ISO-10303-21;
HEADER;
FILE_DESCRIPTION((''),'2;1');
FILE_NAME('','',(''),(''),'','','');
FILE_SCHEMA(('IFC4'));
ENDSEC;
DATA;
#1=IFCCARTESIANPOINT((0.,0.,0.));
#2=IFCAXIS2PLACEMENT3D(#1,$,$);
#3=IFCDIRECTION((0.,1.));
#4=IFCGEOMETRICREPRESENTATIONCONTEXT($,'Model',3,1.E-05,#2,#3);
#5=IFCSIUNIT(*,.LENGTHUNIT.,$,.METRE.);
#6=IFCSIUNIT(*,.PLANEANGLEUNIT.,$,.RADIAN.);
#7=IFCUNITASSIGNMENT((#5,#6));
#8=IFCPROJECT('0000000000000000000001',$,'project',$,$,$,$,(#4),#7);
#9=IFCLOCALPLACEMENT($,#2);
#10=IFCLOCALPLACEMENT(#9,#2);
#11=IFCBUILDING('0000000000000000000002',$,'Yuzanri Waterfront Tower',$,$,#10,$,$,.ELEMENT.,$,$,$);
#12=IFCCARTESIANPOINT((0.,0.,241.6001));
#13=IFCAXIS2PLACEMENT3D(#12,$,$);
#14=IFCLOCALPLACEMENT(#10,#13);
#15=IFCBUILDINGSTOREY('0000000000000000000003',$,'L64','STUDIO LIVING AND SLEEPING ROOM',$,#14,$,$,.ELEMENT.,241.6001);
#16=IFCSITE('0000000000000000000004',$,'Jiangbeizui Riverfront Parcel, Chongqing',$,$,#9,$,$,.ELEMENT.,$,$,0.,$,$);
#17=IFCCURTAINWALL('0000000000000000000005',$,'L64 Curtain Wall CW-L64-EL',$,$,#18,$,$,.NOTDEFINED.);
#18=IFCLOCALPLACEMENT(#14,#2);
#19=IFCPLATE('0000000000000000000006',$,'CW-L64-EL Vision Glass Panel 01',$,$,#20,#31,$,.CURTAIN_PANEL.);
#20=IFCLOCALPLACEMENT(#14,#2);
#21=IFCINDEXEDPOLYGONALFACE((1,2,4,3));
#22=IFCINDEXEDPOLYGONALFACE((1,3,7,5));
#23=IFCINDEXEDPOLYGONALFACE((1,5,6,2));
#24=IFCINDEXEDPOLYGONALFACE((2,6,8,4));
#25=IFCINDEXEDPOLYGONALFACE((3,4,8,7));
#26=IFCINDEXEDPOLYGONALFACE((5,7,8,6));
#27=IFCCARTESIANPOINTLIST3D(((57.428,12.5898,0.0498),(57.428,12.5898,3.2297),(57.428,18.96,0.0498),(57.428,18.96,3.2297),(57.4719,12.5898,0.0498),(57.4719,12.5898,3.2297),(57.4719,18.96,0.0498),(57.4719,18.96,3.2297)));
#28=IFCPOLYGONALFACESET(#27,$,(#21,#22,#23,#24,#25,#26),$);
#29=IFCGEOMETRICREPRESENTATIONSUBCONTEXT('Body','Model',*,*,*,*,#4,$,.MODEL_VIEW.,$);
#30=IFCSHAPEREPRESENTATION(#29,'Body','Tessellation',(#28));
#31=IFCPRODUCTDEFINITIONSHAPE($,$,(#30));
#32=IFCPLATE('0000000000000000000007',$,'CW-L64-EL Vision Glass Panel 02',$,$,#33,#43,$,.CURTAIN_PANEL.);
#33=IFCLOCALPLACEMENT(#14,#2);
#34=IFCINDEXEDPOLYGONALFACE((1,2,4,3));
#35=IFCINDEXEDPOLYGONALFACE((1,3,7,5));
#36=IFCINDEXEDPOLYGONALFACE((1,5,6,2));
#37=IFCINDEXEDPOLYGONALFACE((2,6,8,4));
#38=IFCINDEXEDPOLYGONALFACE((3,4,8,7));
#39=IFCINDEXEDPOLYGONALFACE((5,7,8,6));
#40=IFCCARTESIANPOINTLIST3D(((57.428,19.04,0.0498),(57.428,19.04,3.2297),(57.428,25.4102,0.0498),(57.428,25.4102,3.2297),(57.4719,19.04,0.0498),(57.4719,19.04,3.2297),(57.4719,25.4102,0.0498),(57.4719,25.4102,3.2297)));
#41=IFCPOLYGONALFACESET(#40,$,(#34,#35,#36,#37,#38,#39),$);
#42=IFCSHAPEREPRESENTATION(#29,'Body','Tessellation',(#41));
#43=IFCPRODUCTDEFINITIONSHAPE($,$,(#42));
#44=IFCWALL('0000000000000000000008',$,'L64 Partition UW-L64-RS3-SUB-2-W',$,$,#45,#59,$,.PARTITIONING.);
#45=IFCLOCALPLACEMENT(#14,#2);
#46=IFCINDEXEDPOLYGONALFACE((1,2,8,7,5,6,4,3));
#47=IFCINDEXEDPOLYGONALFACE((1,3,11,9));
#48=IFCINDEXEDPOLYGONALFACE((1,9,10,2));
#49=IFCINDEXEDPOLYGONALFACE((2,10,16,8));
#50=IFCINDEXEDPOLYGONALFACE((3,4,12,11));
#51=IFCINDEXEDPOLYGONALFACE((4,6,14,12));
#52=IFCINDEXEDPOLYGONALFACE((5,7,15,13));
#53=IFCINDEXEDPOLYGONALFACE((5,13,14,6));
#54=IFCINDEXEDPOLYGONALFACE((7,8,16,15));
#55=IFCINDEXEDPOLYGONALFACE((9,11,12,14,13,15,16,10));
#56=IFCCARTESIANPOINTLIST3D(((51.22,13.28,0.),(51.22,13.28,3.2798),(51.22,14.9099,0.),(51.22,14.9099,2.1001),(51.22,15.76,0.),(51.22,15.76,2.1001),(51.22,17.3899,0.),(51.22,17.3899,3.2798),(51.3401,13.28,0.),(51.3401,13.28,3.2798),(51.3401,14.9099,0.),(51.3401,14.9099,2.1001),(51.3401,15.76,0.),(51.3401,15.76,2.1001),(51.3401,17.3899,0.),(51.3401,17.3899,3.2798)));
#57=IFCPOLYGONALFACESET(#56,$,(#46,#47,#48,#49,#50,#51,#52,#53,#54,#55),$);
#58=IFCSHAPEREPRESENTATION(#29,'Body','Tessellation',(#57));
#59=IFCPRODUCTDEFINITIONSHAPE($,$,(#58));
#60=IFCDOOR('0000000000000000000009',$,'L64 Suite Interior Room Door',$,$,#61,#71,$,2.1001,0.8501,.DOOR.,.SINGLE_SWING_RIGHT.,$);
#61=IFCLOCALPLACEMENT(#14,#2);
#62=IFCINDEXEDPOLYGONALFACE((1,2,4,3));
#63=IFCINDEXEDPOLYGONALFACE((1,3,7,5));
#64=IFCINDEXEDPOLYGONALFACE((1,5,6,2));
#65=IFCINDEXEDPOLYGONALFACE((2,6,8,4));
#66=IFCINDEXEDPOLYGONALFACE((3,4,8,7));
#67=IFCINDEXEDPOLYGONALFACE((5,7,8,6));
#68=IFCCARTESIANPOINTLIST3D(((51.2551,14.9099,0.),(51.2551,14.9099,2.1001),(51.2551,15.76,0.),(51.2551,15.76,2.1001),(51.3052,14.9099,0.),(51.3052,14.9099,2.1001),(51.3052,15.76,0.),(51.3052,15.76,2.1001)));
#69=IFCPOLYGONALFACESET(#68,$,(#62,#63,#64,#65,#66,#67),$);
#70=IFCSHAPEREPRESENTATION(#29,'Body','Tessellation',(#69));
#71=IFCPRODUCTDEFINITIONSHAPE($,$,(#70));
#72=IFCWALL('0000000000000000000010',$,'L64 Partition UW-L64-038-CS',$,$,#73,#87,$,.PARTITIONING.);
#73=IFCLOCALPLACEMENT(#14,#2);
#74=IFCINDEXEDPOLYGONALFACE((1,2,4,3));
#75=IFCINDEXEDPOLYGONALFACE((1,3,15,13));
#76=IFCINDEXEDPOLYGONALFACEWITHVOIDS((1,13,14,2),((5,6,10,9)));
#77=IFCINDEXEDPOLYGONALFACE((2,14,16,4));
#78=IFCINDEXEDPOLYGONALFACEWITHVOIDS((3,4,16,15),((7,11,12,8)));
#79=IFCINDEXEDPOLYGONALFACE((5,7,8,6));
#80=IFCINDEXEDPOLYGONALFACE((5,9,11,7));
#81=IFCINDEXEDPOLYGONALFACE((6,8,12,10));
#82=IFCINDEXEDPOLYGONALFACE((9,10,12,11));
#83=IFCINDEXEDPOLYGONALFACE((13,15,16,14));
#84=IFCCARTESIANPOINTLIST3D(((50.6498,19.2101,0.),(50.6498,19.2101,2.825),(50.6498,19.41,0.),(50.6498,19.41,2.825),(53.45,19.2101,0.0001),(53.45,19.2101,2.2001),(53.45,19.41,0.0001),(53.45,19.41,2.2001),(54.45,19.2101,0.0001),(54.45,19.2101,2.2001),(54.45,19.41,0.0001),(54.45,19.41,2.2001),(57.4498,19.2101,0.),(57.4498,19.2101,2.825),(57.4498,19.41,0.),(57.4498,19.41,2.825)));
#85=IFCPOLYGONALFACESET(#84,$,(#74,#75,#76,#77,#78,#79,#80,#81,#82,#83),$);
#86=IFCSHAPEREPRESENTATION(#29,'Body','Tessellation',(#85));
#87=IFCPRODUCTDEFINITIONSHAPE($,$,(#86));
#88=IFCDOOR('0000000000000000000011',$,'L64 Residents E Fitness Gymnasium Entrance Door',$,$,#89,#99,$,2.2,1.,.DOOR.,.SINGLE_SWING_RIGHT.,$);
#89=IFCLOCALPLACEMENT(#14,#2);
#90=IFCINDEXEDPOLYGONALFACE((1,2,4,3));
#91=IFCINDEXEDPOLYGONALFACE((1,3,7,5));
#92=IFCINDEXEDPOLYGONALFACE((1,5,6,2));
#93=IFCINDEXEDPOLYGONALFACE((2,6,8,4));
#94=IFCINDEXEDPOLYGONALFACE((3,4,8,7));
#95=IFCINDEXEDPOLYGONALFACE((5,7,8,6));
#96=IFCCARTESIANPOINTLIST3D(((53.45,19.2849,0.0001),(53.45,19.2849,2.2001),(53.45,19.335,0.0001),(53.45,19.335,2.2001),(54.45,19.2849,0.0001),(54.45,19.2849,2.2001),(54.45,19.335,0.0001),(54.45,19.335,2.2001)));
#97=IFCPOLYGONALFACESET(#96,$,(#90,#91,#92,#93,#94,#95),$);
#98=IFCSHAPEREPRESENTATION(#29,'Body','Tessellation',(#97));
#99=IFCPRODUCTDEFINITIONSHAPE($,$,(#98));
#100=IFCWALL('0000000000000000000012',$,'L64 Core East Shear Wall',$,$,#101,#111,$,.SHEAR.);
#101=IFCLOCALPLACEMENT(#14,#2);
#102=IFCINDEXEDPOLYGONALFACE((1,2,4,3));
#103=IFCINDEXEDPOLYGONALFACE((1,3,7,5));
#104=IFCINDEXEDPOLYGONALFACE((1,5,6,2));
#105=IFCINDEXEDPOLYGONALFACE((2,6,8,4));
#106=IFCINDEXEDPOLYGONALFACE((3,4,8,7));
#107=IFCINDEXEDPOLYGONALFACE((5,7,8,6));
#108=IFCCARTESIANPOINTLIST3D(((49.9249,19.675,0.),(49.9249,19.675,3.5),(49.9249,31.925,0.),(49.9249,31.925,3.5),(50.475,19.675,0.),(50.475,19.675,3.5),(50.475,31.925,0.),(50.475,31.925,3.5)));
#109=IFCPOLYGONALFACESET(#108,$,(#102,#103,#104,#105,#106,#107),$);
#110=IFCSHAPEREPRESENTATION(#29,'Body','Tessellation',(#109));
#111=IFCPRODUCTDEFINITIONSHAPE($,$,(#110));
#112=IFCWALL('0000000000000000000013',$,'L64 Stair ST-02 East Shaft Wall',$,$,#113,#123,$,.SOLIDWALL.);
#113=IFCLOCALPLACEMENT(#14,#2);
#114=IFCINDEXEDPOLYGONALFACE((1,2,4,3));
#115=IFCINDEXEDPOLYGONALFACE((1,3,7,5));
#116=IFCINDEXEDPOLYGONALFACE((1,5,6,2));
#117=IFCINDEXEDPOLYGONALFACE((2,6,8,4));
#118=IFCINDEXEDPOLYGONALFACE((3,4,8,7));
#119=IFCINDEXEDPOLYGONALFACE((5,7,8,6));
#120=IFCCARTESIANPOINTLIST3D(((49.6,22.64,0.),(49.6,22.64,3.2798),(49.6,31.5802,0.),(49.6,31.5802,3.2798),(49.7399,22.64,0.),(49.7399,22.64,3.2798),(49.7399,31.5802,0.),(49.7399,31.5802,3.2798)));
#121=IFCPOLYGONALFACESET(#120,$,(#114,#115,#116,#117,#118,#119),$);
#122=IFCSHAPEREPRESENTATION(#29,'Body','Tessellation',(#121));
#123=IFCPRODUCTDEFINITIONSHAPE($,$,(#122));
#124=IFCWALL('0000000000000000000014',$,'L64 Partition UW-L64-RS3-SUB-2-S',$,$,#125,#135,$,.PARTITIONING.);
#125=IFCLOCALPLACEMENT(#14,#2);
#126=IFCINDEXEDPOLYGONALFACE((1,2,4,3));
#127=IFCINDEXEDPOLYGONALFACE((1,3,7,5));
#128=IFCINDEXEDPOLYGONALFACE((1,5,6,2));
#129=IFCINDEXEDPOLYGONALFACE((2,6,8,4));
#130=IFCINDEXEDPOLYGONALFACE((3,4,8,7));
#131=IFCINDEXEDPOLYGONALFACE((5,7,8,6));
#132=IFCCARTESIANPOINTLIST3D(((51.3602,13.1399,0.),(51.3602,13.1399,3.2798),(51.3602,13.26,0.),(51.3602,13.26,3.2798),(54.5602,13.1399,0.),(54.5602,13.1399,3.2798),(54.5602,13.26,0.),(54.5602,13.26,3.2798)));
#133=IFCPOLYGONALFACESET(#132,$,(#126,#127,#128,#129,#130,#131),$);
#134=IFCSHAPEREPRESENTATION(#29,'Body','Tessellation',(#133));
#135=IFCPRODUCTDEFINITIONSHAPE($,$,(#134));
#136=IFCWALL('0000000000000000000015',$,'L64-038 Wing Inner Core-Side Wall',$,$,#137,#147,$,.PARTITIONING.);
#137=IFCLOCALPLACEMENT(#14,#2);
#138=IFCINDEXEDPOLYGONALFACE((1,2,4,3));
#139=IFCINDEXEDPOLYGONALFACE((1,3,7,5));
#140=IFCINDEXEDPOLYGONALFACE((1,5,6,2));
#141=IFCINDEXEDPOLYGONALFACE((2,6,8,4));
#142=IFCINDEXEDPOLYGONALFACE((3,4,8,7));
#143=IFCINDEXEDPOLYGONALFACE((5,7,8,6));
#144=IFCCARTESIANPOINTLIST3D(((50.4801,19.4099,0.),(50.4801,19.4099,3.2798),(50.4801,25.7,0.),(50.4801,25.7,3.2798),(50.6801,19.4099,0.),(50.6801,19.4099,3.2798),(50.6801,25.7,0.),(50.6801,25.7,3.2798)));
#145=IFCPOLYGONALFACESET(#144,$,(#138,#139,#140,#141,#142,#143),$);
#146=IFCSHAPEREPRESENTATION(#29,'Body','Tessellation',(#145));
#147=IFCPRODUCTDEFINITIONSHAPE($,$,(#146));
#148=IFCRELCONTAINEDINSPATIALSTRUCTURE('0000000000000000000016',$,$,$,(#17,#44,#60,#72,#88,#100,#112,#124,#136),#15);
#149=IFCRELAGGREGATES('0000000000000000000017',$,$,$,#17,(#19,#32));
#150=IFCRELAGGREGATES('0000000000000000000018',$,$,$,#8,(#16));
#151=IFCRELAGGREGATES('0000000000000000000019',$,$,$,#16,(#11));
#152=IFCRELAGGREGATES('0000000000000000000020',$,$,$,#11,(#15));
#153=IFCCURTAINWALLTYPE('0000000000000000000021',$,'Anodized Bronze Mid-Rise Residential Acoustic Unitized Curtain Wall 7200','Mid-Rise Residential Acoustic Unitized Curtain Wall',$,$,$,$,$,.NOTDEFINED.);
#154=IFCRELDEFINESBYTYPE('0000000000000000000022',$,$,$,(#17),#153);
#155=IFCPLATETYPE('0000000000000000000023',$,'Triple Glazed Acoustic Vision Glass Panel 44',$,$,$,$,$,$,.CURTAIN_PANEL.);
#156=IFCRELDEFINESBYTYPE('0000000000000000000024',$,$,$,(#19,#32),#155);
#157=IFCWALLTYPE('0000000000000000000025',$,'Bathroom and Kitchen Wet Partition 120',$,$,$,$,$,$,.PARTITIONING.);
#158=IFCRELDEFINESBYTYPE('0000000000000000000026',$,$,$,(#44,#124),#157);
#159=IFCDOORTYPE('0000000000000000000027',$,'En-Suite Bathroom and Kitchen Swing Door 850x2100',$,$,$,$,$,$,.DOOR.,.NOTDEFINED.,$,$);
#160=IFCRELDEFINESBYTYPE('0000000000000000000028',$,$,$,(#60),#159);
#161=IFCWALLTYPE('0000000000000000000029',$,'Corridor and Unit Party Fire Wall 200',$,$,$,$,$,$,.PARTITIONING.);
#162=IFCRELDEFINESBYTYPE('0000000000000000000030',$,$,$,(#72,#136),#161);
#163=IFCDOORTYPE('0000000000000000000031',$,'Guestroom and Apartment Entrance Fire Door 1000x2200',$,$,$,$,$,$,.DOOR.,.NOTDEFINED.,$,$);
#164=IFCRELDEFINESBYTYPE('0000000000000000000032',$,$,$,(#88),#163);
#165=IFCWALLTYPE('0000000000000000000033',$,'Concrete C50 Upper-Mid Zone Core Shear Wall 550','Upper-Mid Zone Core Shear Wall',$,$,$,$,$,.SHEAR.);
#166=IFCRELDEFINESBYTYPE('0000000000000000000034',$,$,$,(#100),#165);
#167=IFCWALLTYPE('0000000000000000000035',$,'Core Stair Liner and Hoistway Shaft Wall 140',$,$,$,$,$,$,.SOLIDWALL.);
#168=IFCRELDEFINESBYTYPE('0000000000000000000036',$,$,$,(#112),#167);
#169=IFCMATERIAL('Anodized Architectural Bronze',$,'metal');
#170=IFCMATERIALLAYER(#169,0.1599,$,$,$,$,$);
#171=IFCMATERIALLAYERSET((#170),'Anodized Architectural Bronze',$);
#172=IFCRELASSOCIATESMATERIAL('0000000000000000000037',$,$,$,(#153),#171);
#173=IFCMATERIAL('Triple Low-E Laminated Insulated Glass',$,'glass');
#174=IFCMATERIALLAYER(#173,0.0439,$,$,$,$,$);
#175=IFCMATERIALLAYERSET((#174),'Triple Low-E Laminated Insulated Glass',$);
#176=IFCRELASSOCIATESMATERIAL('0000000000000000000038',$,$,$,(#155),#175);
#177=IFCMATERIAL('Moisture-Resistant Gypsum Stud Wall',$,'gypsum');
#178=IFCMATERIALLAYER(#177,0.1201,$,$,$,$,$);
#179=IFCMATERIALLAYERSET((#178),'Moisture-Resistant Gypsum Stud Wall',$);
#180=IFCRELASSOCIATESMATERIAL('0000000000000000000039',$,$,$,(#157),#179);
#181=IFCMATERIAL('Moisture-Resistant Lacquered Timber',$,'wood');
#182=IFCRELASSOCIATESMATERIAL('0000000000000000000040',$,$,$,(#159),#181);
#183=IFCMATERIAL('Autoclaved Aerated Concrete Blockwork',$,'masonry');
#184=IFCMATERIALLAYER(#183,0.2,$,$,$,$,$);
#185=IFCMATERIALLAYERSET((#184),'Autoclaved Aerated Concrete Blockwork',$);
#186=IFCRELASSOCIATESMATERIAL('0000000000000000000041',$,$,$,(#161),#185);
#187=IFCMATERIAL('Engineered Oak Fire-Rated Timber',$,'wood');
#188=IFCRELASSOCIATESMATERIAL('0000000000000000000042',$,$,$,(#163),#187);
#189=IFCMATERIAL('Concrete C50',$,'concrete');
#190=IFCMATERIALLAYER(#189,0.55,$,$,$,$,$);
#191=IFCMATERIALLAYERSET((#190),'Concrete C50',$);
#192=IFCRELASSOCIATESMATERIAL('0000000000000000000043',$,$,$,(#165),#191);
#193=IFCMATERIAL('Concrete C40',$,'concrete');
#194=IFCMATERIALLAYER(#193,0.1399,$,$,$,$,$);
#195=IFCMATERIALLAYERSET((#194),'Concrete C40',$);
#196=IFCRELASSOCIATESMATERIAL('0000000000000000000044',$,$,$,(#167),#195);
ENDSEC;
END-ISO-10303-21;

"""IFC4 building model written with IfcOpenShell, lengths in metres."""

from ifc_helpers import new_model, si_unit, direction, frame, frame_2d, origin, origin_2d, place, context, subcontext, project, spatial, rectangle, extrude, source, transform, mapped, material, layer, layer_set, type_object, element, fill, aggregate, save


model = new_model("IFC4")

# Units and contexts
model_context = context("Model", 3, precision=1e-05, world=origin(), true_north=direction((0.0, 1.0)))
body_context = subcontext(model_context, "Body", "Model", "MODEL_VIEW")
ifc_project = project(units=[si_unit("LENGTHUNIT", "METRE"), si_unit("PLANEANGLEUNIT", "RADIAN")], contexts=[model_context])

# Site, building, storey
site_placement = place(None, origin())
site = spatial("IfcSite", under=ifc_project, at=site_placement, Name="Jiangbeizui Riverfront Parcel, Chongqing", CompositionType="ELEMENT", RefElevation=0.0)
building_placement = place(site_placement, origin())
building = spatial("IfcBuilding", under=site, at=building_placement, Name="Yuzanri Waterfront Tower", CompositionType="ELEMENT")
storey_placement = place(building_placement, frame((0.0, 0.0, 241.6001)))
storey = spatial("IfcBuildingStorey", under=building, at=storey_placement, Name="L64", Description="STUDIO LIVING AND SLEEPING ROOM", CompositionType="ELEMENT", Elevation=241.6001)

# Curtain wall, plates
ifc_material_1 = material(Name="Anodized Architectural Bronze", Category="metal")
ifc_layer_1 = layer(ifc_material_1, 0.1599)
ifc_layer_set_1 = layer_set([ifc_layer_1], Name="Anodized Architectural Bronze")
curtain_wall_type = type_object("IfcCurtainWallType", Name="Anodized Bronze Mid-Rise Residential Acoustic Unitized Curtain Wall 7200", Description="Mid-Rise Residential Acoustic Unitized Curtain Wall", PredefinedType="NOTDEFINED", material=ifc_layer_set_1)
curtain_wall_placement = place(storey_placement, origin())
curtain_wall = element("IfcCurtainWall", 1, at=curtain_wall_placement, inside=storey, type_object=curtain_wall_type, Name="L64 Curtain Wall CW-L64-EL", PredefinedType="NOTDEFINED")
ifc_material_2 = material(Name="Triple Low-E Laminated Insulated Glass", Category="glass")
ifc_layer_2 = layer(ifc_material_2, 0.0439)
ifc_layer_set_2 = layer_set([ifc_layer_2], Name="Triple Low-E Laminated Insulated Glass")
plate_type = type_object("IfcPlateType", Name="Triple Glazed Acoustic Vision Glass Panel 44", PredefinedType="CURTAIN_PANEL", material=ifc_layer_set_2)
shared_shape_1 = source(origin(), body_context, "Body", "SweptSolid", [
    extrude(rectangle(XDim=6.3701, YDim=0.0439, at=origin_2d()), origin(), (0.0, 0.0, 1.0), 3.1799),
])
plate_1_placement = place(storey_placement, frame((57.45, 15.7749, 0.0498), z_axis=(0.0, 0.0, 1.0), x_axis=(0.0, 1.0, 0.0)))
plate_1 = element("IfcPlate", 2, at=plate_1_placement, type_object=plate_type, Name="CW-L64-EL Vision Glass Panel 01", PredefinedType="CURTAIN_PANEL", context=body_context, shape_type="MappedRepresentation", body=[
    mapped(shared_shape_1, transform((0.0, 0.0, 0.0), scale=1.0)),
])
plate_2_placement = place(storey_placement, frame((57.45, 22.2251, 0.0498), z_axis=(0.0, 0.0, 1.0), x_axis=(0.0, 1.0, 0.0)))
plate_2 = element("IfcPlate", 3, at=plate_2_placement, type_object=plate_type, Name="CW-L64-EL Vision Glass Panel 02", PredefinedType="CURTAIN_PANEL", context=body_context, shape_type="MappedRepresentation", body=[
    mapped(shared_shape_1, transform((0.0, 0.0, 0.0), scale=1.0)),
])
aggregate(curtain_wall, [plate_1, plate_2])

# Walls, openings, doors
ifc_material_3 = material(Name="Moisture-Resistant Gypsum Stud Wall", Category="gypsum")
ifc_layer_3 = layer(ifc_material_3, 0.1201)
ifc_layer_set_3 = layer_set([ifc_layer_3], Name="Moisture-Resistant Gypsum Stud Wall")
wall_type_1 = type_object("IfcWallType", Name="Bathroom and Kitchen Wet Partition 120", PredefinedType="PARTITIONING", material=ifc_layer_set_3)
wall_1_placement = place(storey_placement, frame((51.28, 13.28, 0.0), z_axis=(0.0, 0.0, 1.0), x_axis=(0.0, 1.0, 0.0)))
wall_1 = element("IfcWall", 4, at=wall_1_placement, inside=storey, type_object=wall_type_1, Name="L64 Partition UW-L64-RS3-SUB-2-W", PredefinedType="PARTITIONING", context=body_context, shape_type="SweptSolid", body=[
    extrude(rectangle(XDim=4.1099, YDim=0.1201, at=frame_2d((2.0549, 0.0))), origin(), (0.0, 0.0, 1.0), 3.2798),
])
opening_1_placement = place(wall_1_placement, frame((1.6299, 0.0, 0.0)))
opening_1 = element("IfcOpeningElement", 5, at=opening_1_placement, cuts=wall_1, PredefinedType="OPENING", context=body_context, shape_type="SweptSolid", body=[
    extrude(rectangle(XDim=0.8501, YDim=2.1001, at=frame_2d((0.425, 1.05))), frame((0.0, 0.075, 0.0), z_axis=(0.0, -1.0, 0.0), x_axis=(1.0, 0.0, 0.0)), (0.0, 0.0, 1.0), 0.1499),
])
ifc_material_4 = material(Name="Moisture-Resistant Lacquered Timber", Category="wood")
door_type_1 = type_object("IfcDoorType", Name="En-Suite Bathroom and Kitchen Swing Door 850x2100", OperationType="NOTDEFINED", PredefinedType="DOOR", material=ifc_material_4)
shared_shape_2 = source(origin(), body_context, "Body", "SweptSolid", [
    extrude(rectangle(XDim=0.8501, YDim=2.1001, at=frame_2d((0.425, 1.05))), frame((0.0, 0.0249, 0.0), z_axis=(0.0, -1.0, 0.0), x_axis=(1.0, 0.0, 0.0)), (0.0, 0.0, 1.0), 0.05),
])
door_1_placement = place(opening_1_placement, origin())
door_1 = element("IfcDoor", 6, at=door_1_placement, inside=storey, type_object=door_type_1, Name="L64 Suite Interior Room Door", OperationType="SINGLE_SWING_RIGHT", OverallHeight=2.1001, OverallWidth=0.8501, PredefinedType="DOOR", context=body_context, shape_type="MappedRepresentation", body=[
    mapped(shared_shape_2, transform((0.0, 0.0, 0.0), scale=1.0)),
])
fill(opening_1, door_1)
ifc_material_5 = material(Name="Autoclaved Aerated Concrete Blockwork", Category="masonry")
ifc_layer_4 = layer(ifc_material_5, 0.2)
ifc_layer_set_4 = layer_set([ifc_layer_4], Name="Autoclaved Aerated Concrete Blockwork")
wall_type_2 = type_object("IfcWallType", Name="Corridor and Unit Party Fire Wall 200", PredefinedType="PARTITIONING", material=ifc_layer_set_4)
wall_2_placement = place(storey_placement, frame((50.6499, 19.3101, 0.0), z_axis=(0.0, 0.0, 1.0), x_axis=(1.0, 0.0, 0.0)))
wall_2 = element("IfcWall", 7, at=wall_2_placement, inside=storey, type_object=wall_type_2, Name="L64 Partition UW-L64-038-CS", PredefinedType="PARTITIONING", context=body_context, shape_type="SweptSolid", body=[
    extrude(rectangle(XDim=6.8, YDim=0.2, at=frame_2d((3.3999, 0.0))), origin(), (0.0, 0.0, 1.0), 2.825),
])
opening_2_placement = place(wall_2_placement, frame((2.8, 0.0, 0.0)))
opening_2 = element("IfcOpeningElement", 8, at=opening_2_placement, cuts=wall_2, PredefinedType="OPENING", context=body_context, shape_type="SweptSolid", body=[
    extrude(rectangle(XDim=1.0, YDim=2.2, at=frame_2d((0.5, 1.1001))), frame((0.0, 0.1147, 0.0), z_axis=(0.0, -1.0, 0.0), x_axis=(1.0, 0.0, 0.0)), (0.0, 0.0, 1.0), 0.2297),
])
ifc_material_6 = material(Name="Engineered Oak Fire-Rated Timber", Category="wood")
door_type_2 = type_object("IfcDoorType", Name="Guestroom and Apartment Entrance Fire Door 1000x2200", OperationType="NOTDEFINED", PredefinedType="DOOR", material=ifc_material_6)
shared_shape_3 = source(origin(), body_context, "Body", "SweptSolid", [
    extrude(rectangle(XDim=1.0, YDim=2.2, at=frame_2d((0.5, 1.1001))), frame((0.0, 0.0249, 0.0), z_axis=(0.0, -1.0, 0.0), x_axis=(1.0, 0.0, 0.0)), (0.0, 0.0, 1.0), 0.05),
])
door_2_placement = place(opening_2_placement, origin())
door_2 = element("IfcDoor", 9, at=door_2_placement, inside=storey, type_object=door_type_2, Name="L64 Residents E Fitness Gymnasium Entrance Door", OperationType="SINGLE_SWING_RIGHT", OverallHeight=2.2, OverallWidth=1.0, PredefinedType="DOOR", context=body_context, shape_type="MappedRepresentation", body=[
    mapped(shared_shape_3, transform((0.0, 0.0, 0.0), scale=1.0)),
])
fill(opening_2, door_2)

# Walls
ifc_material_7 = material(Name="Concrete C50", Category="concrete")
ifc_layer_5 = layer(ifc_material_7, 0.55)
ifc_layer_set_5 = layer_set([ifc_layer_5], Name="Concrete C50")
wall_type_3 = type_object("IfcWallType", Name="Concrete C50 Upper-Mid Zone Core Shear Wall 550", Description="Upper-Mid Zone Core Shear Wall", PredefinedType="SHEAR", material=ifc_layer_set_5)
shared_shape_4 = source(origin(), body_context, "Body", "SweptSolid", [
    extrude(rectangle(XDim=12.25, YDim=0.55, at=frame_2d((6.125, 0.0))), origin(), (0.0, 0.0, 1.0), 3.5),
])
wall_3_placement = place(storey_placement, frame((50.2, 19.675, 0.0), z_axis=(0.0, 0.0, 1.0), x_axis=(0.0, 1.0, 0.0)))
element("IfcWall", 10, at=wall_3_placement, inside=storey, type_object=wall_type_3, Name="L64 Core East Shear Wall", PredefinedType="SHEAR", context=body_context, shape_type="MappedRepresentation", body=[
    mapped(shared_shape_4, transform((0.0, 0.0, 0.0), scale=1.0)),
])
ifc_material_8 = material(Name="Concrete C40", Category="concrete")
ifc_layer_6 = layer(ifc_material_8, 0.1399)
ifc_layer_set_6 = layer_set([ifc_layer_6], Name="Concrete C40")
wall_type_4 = type_object("IfcWallType", Name="Core Stair Liner and Hoistway Shaft Wall 140", PredefinedType="SOLIDWALL", material=ifc_layer_set_6)
shared_shape_5 = source(origin(), body_context, "Body", "SweptSolid", [
    extrude(rectangle(XDim=8.9402, YDim=0.1399, at=frame_2d((4.4702, 0.0))), origin(), (0.0, 0.0, 1.0), 3.2798),
])
wall_4_placement = place(storey_placement, frame((49.6699, 22.6399, 0.0), z_axis=(0.0, 0.0, 1.0), x_axis=(0.0, 1.0, 0.0)))
element("IfcWall", 11, at=wall_4_placement, inside=storey, type_object=wall_type_4, Name="L64 Stair ST-02 East Shaft Wall", PredefinedType="SOLIDWALL", context=body_context, shape_type="MappedRepresentation", body=[
    mapped(shared_shape_5, transform((0.0, 0.0, 0.0), scale=1.0)),
])
shared_shape_6 = source(origin(), body_context, "Body", "SweptSolid", [
    extrude(rectangle(XDim=3.2, YDim=0.1201, at=frame_2d((1.6001, 0.0))), origin(), (0.0, 0.0, 1.0), 3.2798),
])
wall_5_placement = place(storey_placement, frame((51.3601, 13.2, 0.0), z_axis=(0.0, 0.0, 1.0), x_axis=(1.0, 0.0, 0.0)))
element("IfcWall", 12, at=wall_5_placement, inside=storey, type_object=wall_type_1, Name="L64 Partition UW-L64-RS3-SUB-2-S", PredefinedType="PARTITIONING", context=body_context, shape_type="MappedRepresentation", body=[
    mapped(shared_shape_6, transform((0.0, 0.0, 0.0), scale=1.0)),
])
shared_shape_7 = source(origin(), body_context, "Body", "SweptSolid", [
    extrude(rectangle(XDim=6.29, YDim=0.2, at=frame_2d((3.145, 0.0))), origin(), (0.0, 0.0, 1.0), 3.2798),
])
wall_6_placement = place(storey_placement, frame((50.5801, 19.4099, 0.0), z_axis=(0.0, 0.0, 1.0), x_axis=(0.0, 1.0, 0.0)))
element("IfcWall", 13, at=wall_6_placement, inside=storey, type_object=wall_type_2, Name="L64-038 Wing Inner Core-Side Wall", PredefinedType="PARTITIONING", context=body_context, shape_type="MappedRepresentation", body=[
    mapped(shared_shape_7, transform((0.0, 0.0, 0.0), scale=1.0)),
])

save(model, "model.ifc")
